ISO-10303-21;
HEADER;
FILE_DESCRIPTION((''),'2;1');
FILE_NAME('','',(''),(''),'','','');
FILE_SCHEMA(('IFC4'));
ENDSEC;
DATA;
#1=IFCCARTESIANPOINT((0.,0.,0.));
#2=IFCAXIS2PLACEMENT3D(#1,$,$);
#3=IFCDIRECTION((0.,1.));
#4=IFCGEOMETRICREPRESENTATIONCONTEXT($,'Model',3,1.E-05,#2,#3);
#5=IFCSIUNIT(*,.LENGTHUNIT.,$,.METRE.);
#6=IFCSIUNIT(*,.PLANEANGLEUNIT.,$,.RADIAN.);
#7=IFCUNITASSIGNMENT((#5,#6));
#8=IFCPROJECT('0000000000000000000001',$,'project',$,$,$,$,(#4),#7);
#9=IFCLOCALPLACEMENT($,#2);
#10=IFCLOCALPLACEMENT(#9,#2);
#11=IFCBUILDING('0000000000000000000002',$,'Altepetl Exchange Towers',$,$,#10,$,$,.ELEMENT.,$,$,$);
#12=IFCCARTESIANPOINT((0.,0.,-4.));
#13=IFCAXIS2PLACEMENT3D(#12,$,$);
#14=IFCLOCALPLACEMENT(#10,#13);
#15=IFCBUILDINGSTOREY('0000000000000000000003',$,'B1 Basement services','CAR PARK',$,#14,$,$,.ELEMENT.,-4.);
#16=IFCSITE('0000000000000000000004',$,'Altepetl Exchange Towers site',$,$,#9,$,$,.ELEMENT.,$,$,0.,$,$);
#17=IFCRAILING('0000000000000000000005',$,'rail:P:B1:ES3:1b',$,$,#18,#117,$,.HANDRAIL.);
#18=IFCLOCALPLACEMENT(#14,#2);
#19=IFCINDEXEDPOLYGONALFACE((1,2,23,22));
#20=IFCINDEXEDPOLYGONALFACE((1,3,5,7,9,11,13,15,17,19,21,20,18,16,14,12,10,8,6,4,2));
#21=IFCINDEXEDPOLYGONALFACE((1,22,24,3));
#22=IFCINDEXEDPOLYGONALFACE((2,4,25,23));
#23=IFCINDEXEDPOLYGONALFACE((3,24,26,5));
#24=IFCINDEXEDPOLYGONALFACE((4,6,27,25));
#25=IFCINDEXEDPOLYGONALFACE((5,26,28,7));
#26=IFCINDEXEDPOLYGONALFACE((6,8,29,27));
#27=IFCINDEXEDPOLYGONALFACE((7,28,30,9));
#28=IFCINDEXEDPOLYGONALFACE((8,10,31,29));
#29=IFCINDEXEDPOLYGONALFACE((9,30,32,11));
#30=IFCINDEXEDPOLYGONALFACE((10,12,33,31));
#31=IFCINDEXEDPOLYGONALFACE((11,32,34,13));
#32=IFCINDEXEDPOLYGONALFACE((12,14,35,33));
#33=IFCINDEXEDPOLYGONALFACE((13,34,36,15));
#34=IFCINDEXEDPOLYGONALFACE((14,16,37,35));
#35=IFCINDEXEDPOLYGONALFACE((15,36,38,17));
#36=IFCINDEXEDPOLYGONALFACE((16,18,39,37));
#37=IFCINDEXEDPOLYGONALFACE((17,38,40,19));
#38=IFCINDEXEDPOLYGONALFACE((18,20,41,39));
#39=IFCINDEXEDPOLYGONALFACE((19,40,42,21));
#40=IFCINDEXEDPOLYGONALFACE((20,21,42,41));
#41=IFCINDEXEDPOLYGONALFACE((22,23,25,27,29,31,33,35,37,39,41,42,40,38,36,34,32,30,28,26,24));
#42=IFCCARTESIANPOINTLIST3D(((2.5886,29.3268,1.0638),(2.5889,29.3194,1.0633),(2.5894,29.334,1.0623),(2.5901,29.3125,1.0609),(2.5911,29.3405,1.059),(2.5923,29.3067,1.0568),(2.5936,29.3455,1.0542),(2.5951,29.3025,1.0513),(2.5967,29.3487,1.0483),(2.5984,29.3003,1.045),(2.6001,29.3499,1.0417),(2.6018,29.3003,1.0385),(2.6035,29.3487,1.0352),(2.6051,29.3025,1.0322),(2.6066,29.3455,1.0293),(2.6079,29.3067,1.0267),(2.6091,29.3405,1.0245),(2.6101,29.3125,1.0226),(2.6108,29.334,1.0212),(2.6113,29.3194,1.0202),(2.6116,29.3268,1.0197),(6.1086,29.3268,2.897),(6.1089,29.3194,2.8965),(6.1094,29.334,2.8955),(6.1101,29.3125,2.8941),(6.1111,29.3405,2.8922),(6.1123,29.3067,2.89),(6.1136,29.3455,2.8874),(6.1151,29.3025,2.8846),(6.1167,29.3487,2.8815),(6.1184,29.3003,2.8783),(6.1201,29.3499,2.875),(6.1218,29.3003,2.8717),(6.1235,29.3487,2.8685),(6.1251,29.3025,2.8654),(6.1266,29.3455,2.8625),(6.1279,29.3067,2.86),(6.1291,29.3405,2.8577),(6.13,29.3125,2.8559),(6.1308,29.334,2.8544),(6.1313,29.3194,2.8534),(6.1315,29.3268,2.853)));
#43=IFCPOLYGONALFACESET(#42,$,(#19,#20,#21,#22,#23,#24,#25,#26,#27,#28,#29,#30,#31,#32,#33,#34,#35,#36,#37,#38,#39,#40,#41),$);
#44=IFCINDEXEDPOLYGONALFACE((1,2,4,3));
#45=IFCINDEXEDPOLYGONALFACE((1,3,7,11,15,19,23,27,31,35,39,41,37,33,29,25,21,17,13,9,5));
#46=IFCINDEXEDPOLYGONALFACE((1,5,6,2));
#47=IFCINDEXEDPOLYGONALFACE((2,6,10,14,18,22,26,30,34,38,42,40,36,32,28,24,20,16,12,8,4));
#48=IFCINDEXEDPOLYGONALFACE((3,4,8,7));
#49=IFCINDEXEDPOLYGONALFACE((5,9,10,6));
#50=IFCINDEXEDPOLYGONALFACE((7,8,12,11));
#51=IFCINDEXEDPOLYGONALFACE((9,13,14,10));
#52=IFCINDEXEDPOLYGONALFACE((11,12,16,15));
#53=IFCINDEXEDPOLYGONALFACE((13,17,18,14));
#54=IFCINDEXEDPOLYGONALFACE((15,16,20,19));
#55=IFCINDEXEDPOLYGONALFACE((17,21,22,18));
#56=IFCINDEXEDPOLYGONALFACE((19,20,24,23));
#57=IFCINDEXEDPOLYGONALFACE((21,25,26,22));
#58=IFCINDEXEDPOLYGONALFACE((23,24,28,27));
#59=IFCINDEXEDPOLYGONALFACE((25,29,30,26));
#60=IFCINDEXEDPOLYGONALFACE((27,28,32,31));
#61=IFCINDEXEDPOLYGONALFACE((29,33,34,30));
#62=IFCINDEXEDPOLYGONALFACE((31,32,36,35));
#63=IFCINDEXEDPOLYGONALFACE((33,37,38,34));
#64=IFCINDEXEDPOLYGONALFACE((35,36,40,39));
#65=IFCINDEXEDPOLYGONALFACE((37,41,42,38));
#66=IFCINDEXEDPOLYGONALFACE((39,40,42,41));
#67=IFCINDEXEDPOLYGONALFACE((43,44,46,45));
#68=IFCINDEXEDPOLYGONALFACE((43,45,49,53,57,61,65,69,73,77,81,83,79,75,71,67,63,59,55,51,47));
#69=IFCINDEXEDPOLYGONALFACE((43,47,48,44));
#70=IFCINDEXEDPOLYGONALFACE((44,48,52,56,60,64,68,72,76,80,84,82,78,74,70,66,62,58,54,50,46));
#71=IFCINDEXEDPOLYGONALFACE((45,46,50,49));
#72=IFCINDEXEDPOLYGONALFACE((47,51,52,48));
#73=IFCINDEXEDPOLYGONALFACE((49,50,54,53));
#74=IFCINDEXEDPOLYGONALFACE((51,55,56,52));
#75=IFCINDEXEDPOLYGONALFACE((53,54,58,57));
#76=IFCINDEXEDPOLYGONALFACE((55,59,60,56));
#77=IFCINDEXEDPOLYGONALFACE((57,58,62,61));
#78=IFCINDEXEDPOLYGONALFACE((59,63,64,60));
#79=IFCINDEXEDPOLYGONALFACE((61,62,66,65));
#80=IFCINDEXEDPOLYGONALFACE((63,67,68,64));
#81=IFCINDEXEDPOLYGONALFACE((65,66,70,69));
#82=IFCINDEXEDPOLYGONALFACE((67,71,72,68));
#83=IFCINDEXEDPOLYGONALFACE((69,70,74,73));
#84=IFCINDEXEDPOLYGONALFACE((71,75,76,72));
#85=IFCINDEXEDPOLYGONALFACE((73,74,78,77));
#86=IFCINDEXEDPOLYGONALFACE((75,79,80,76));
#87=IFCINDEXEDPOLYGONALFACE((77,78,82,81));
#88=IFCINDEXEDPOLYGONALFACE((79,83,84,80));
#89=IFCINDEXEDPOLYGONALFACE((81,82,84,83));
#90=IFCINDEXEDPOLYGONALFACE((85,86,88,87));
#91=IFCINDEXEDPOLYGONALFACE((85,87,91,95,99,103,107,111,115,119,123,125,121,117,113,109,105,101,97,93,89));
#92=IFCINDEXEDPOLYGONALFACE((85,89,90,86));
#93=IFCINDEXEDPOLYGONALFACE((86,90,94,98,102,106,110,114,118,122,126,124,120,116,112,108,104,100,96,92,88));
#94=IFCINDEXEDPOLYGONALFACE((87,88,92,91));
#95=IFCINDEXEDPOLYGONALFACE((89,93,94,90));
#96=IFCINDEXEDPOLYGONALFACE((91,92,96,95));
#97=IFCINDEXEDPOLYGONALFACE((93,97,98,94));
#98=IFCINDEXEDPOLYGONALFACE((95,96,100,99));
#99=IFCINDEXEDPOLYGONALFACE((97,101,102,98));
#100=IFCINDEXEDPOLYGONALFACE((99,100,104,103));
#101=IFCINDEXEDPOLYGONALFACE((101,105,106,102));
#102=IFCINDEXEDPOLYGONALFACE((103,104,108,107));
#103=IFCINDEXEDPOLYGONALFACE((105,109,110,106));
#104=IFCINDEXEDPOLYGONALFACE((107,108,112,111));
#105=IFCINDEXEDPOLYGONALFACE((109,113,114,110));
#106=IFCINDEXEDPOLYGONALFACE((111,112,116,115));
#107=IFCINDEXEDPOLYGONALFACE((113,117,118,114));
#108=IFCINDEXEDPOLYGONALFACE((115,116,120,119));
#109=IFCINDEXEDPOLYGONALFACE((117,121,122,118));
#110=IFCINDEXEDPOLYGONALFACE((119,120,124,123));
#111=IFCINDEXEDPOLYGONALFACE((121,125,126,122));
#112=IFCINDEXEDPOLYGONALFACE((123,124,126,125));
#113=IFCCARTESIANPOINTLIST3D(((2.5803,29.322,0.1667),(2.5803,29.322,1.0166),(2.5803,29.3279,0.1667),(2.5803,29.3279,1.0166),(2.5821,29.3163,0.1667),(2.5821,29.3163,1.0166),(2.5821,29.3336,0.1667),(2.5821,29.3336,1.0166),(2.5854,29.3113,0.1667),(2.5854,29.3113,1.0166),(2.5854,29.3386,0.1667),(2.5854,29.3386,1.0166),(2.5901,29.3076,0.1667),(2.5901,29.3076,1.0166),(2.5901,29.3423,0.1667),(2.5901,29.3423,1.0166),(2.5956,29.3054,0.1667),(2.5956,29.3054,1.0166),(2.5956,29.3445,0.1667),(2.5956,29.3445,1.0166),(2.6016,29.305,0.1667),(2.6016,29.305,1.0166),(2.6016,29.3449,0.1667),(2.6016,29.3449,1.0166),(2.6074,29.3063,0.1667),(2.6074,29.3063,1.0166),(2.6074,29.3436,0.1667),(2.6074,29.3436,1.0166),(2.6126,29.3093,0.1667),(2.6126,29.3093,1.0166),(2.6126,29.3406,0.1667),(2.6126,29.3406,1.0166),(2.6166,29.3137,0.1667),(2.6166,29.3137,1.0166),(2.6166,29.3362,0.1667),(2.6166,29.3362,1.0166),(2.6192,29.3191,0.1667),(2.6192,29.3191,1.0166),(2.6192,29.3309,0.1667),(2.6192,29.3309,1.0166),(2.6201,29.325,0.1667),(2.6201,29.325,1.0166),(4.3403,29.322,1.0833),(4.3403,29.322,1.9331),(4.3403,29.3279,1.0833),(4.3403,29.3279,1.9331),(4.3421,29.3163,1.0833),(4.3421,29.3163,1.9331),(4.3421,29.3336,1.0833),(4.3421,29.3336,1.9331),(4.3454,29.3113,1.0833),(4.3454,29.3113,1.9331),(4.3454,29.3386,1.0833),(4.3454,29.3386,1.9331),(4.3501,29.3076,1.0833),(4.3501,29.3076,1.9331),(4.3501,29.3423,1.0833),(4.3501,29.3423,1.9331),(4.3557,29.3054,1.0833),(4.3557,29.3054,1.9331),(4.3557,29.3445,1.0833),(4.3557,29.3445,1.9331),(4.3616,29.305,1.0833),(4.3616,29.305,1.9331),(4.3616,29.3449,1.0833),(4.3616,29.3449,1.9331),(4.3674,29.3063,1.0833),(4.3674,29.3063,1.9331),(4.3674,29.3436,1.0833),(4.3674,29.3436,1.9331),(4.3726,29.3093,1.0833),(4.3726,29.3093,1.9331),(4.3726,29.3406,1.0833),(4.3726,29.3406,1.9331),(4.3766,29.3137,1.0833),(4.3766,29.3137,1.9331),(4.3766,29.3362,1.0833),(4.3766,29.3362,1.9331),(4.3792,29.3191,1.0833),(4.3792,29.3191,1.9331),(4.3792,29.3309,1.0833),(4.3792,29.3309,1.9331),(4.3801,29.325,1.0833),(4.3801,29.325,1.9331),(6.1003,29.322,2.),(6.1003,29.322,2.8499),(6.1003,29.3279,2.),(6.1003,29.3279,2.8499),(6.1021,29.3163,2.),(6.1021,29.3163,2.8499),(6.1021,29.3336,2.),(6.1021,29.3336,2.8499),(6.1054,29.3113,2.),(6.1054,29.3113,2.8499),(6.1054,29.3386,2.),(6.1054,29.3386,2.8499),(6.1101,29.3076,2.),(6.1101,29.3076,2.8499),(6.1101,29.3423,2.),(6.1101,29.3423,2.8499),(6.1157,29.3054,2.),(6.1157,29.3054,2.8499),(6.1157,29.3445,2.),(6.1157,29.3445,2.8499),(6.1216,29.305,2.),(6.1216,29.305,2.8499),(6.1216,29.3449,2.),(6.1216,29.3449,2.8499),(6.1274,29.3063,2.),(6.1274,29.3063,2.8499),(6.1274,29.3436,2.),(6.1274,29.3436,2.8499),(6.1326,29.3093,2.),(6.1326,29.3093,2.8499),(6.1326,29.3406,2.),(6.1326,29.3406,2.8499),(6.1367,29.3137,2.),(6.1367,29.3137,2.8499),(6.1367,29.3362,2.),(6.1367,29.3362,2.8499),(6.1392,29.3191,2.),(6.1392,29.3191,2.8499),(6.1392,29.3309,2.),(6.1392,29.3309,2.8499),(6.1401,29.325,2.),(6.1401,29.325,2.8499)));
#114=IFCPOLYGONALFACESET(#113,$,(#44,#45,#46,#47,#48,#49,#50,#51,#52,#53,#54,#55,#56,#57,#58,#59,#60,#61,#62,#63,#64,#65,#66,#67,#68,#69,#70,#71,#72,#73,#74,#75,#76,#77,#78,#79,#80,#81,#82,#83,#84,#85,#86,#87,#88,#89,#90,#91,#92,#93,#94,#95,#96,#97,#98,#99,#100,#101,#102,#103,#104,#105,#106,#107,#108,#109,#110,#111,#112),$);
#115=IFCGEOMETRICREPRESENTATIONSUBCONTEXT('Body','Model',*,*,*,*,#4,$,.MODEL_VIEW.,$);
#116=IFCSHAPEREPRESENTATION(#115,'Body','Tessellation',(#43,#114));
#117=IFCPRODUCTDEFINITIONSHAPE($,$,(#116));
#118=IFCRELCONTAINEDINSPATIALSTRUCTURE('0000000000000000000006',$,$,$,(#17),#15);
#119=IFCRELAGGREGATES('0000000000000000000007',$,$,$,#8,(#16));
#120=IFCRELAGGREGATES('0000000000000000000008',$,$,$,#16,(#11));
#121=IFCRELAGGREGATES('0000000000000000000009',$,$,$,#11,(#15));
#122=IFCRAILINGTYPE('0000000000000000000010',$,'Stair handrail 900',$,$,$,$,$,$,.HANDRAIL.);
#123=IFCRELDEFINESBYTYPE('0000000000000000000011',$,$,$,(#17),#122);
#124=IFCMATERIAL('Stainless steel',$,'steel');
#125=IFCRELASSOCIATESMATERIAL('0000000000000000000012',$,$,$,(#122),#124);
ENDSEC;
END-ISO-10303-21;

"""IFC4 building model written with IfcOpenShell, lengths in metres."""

from ifc_helpers import new_model, si_unit, direction, frame, origin, origin_2d, place, context, subcontext, project, spatial, circle, extrude, source, transform, mapped, material, type_object, element, save


model = new_model("IFC4")

# Units and contexts
model_context = context("Model", 3, precision=1e-05, world=origin(), true_north=direction((0.0, 1.0)))
body_context = subcontext(model_context, "Body", "Model", "MODEL_VIEW")
ifc_project = project(units=[si_unit("LENGTHUNIT", "METRE"), si_unit("PLANEANGLEUNIT", "RADIAN")], contexts=[model_context])

# Site, building, storey
site_placement = place(None, origin())
site = spatial("IfcSite", under=ifc_project, at=site_placement, Name="Altepetl Exchange Towers site", CompositionType="ELEMENT", RefElevation=0.0)
building_placement = place(site_placement, origin())
building = spatial("IfcBuilding", under=site, at=building_placement, Name="Altepetl Exchange Towers", CompositionType="ELEMENT")
storey_placement = place(building_placement, frame((0.0, 0.0, -4.0)))
storey = spatial("IfcBuildingStorey", under=building, at=storey_placement, Name="B1 Basement services", Description="CAR PARK", CompositionType="ELEMENT", Elevation=-4.0)

# Railing
ifc_material_1 = material(Name="Stainless steel", Category="steel")
railing_type_1 = type_object("IfcRailingType", Name="Stair handrail 900", PredefinedType="HANDRAIL", material=ifc_material_1)
shared_shape_1 = source(origin(), body_context, "Body", "SweptSolid", [
    extrude(circle(Radius=0.02, at=origin_2d()), origin(), (0.0, 0.0, 1.0), 0.8499),
])
for number, where, name in (
    (1, (2.6001, 29.325, 0.1667), "rail:P:B1:ES3:1b"),
):
    element("IfcRailing", number, at=place(storey_placement, frame(where)), inside=storey, type_object=railing_type_1, Name=name, PredefinedType="HANDRAIL", context=body_context, shape_type="SweptSolid", body=[
        extrude(circle(Radius=0.0249, at=origin_2d()), frame((0.0, 0.0, 0.875), z_axis=(0.886924, 0.0, 0.461916), x_axis=(0.0, 1.0, 0.0)), (0.0, 0.0, 1.0), 3.9688),
        mapped(shared_shape_1, transform((0.0, 0.0, 0.0))),
        mapped(shared_shape_1, transform((1.76, 0.0, 0.9165))),
        mapped(shared_shape_1, transform((3.52, 0.0, 1.8333))),
    ])

save(model, "model.ifc")
